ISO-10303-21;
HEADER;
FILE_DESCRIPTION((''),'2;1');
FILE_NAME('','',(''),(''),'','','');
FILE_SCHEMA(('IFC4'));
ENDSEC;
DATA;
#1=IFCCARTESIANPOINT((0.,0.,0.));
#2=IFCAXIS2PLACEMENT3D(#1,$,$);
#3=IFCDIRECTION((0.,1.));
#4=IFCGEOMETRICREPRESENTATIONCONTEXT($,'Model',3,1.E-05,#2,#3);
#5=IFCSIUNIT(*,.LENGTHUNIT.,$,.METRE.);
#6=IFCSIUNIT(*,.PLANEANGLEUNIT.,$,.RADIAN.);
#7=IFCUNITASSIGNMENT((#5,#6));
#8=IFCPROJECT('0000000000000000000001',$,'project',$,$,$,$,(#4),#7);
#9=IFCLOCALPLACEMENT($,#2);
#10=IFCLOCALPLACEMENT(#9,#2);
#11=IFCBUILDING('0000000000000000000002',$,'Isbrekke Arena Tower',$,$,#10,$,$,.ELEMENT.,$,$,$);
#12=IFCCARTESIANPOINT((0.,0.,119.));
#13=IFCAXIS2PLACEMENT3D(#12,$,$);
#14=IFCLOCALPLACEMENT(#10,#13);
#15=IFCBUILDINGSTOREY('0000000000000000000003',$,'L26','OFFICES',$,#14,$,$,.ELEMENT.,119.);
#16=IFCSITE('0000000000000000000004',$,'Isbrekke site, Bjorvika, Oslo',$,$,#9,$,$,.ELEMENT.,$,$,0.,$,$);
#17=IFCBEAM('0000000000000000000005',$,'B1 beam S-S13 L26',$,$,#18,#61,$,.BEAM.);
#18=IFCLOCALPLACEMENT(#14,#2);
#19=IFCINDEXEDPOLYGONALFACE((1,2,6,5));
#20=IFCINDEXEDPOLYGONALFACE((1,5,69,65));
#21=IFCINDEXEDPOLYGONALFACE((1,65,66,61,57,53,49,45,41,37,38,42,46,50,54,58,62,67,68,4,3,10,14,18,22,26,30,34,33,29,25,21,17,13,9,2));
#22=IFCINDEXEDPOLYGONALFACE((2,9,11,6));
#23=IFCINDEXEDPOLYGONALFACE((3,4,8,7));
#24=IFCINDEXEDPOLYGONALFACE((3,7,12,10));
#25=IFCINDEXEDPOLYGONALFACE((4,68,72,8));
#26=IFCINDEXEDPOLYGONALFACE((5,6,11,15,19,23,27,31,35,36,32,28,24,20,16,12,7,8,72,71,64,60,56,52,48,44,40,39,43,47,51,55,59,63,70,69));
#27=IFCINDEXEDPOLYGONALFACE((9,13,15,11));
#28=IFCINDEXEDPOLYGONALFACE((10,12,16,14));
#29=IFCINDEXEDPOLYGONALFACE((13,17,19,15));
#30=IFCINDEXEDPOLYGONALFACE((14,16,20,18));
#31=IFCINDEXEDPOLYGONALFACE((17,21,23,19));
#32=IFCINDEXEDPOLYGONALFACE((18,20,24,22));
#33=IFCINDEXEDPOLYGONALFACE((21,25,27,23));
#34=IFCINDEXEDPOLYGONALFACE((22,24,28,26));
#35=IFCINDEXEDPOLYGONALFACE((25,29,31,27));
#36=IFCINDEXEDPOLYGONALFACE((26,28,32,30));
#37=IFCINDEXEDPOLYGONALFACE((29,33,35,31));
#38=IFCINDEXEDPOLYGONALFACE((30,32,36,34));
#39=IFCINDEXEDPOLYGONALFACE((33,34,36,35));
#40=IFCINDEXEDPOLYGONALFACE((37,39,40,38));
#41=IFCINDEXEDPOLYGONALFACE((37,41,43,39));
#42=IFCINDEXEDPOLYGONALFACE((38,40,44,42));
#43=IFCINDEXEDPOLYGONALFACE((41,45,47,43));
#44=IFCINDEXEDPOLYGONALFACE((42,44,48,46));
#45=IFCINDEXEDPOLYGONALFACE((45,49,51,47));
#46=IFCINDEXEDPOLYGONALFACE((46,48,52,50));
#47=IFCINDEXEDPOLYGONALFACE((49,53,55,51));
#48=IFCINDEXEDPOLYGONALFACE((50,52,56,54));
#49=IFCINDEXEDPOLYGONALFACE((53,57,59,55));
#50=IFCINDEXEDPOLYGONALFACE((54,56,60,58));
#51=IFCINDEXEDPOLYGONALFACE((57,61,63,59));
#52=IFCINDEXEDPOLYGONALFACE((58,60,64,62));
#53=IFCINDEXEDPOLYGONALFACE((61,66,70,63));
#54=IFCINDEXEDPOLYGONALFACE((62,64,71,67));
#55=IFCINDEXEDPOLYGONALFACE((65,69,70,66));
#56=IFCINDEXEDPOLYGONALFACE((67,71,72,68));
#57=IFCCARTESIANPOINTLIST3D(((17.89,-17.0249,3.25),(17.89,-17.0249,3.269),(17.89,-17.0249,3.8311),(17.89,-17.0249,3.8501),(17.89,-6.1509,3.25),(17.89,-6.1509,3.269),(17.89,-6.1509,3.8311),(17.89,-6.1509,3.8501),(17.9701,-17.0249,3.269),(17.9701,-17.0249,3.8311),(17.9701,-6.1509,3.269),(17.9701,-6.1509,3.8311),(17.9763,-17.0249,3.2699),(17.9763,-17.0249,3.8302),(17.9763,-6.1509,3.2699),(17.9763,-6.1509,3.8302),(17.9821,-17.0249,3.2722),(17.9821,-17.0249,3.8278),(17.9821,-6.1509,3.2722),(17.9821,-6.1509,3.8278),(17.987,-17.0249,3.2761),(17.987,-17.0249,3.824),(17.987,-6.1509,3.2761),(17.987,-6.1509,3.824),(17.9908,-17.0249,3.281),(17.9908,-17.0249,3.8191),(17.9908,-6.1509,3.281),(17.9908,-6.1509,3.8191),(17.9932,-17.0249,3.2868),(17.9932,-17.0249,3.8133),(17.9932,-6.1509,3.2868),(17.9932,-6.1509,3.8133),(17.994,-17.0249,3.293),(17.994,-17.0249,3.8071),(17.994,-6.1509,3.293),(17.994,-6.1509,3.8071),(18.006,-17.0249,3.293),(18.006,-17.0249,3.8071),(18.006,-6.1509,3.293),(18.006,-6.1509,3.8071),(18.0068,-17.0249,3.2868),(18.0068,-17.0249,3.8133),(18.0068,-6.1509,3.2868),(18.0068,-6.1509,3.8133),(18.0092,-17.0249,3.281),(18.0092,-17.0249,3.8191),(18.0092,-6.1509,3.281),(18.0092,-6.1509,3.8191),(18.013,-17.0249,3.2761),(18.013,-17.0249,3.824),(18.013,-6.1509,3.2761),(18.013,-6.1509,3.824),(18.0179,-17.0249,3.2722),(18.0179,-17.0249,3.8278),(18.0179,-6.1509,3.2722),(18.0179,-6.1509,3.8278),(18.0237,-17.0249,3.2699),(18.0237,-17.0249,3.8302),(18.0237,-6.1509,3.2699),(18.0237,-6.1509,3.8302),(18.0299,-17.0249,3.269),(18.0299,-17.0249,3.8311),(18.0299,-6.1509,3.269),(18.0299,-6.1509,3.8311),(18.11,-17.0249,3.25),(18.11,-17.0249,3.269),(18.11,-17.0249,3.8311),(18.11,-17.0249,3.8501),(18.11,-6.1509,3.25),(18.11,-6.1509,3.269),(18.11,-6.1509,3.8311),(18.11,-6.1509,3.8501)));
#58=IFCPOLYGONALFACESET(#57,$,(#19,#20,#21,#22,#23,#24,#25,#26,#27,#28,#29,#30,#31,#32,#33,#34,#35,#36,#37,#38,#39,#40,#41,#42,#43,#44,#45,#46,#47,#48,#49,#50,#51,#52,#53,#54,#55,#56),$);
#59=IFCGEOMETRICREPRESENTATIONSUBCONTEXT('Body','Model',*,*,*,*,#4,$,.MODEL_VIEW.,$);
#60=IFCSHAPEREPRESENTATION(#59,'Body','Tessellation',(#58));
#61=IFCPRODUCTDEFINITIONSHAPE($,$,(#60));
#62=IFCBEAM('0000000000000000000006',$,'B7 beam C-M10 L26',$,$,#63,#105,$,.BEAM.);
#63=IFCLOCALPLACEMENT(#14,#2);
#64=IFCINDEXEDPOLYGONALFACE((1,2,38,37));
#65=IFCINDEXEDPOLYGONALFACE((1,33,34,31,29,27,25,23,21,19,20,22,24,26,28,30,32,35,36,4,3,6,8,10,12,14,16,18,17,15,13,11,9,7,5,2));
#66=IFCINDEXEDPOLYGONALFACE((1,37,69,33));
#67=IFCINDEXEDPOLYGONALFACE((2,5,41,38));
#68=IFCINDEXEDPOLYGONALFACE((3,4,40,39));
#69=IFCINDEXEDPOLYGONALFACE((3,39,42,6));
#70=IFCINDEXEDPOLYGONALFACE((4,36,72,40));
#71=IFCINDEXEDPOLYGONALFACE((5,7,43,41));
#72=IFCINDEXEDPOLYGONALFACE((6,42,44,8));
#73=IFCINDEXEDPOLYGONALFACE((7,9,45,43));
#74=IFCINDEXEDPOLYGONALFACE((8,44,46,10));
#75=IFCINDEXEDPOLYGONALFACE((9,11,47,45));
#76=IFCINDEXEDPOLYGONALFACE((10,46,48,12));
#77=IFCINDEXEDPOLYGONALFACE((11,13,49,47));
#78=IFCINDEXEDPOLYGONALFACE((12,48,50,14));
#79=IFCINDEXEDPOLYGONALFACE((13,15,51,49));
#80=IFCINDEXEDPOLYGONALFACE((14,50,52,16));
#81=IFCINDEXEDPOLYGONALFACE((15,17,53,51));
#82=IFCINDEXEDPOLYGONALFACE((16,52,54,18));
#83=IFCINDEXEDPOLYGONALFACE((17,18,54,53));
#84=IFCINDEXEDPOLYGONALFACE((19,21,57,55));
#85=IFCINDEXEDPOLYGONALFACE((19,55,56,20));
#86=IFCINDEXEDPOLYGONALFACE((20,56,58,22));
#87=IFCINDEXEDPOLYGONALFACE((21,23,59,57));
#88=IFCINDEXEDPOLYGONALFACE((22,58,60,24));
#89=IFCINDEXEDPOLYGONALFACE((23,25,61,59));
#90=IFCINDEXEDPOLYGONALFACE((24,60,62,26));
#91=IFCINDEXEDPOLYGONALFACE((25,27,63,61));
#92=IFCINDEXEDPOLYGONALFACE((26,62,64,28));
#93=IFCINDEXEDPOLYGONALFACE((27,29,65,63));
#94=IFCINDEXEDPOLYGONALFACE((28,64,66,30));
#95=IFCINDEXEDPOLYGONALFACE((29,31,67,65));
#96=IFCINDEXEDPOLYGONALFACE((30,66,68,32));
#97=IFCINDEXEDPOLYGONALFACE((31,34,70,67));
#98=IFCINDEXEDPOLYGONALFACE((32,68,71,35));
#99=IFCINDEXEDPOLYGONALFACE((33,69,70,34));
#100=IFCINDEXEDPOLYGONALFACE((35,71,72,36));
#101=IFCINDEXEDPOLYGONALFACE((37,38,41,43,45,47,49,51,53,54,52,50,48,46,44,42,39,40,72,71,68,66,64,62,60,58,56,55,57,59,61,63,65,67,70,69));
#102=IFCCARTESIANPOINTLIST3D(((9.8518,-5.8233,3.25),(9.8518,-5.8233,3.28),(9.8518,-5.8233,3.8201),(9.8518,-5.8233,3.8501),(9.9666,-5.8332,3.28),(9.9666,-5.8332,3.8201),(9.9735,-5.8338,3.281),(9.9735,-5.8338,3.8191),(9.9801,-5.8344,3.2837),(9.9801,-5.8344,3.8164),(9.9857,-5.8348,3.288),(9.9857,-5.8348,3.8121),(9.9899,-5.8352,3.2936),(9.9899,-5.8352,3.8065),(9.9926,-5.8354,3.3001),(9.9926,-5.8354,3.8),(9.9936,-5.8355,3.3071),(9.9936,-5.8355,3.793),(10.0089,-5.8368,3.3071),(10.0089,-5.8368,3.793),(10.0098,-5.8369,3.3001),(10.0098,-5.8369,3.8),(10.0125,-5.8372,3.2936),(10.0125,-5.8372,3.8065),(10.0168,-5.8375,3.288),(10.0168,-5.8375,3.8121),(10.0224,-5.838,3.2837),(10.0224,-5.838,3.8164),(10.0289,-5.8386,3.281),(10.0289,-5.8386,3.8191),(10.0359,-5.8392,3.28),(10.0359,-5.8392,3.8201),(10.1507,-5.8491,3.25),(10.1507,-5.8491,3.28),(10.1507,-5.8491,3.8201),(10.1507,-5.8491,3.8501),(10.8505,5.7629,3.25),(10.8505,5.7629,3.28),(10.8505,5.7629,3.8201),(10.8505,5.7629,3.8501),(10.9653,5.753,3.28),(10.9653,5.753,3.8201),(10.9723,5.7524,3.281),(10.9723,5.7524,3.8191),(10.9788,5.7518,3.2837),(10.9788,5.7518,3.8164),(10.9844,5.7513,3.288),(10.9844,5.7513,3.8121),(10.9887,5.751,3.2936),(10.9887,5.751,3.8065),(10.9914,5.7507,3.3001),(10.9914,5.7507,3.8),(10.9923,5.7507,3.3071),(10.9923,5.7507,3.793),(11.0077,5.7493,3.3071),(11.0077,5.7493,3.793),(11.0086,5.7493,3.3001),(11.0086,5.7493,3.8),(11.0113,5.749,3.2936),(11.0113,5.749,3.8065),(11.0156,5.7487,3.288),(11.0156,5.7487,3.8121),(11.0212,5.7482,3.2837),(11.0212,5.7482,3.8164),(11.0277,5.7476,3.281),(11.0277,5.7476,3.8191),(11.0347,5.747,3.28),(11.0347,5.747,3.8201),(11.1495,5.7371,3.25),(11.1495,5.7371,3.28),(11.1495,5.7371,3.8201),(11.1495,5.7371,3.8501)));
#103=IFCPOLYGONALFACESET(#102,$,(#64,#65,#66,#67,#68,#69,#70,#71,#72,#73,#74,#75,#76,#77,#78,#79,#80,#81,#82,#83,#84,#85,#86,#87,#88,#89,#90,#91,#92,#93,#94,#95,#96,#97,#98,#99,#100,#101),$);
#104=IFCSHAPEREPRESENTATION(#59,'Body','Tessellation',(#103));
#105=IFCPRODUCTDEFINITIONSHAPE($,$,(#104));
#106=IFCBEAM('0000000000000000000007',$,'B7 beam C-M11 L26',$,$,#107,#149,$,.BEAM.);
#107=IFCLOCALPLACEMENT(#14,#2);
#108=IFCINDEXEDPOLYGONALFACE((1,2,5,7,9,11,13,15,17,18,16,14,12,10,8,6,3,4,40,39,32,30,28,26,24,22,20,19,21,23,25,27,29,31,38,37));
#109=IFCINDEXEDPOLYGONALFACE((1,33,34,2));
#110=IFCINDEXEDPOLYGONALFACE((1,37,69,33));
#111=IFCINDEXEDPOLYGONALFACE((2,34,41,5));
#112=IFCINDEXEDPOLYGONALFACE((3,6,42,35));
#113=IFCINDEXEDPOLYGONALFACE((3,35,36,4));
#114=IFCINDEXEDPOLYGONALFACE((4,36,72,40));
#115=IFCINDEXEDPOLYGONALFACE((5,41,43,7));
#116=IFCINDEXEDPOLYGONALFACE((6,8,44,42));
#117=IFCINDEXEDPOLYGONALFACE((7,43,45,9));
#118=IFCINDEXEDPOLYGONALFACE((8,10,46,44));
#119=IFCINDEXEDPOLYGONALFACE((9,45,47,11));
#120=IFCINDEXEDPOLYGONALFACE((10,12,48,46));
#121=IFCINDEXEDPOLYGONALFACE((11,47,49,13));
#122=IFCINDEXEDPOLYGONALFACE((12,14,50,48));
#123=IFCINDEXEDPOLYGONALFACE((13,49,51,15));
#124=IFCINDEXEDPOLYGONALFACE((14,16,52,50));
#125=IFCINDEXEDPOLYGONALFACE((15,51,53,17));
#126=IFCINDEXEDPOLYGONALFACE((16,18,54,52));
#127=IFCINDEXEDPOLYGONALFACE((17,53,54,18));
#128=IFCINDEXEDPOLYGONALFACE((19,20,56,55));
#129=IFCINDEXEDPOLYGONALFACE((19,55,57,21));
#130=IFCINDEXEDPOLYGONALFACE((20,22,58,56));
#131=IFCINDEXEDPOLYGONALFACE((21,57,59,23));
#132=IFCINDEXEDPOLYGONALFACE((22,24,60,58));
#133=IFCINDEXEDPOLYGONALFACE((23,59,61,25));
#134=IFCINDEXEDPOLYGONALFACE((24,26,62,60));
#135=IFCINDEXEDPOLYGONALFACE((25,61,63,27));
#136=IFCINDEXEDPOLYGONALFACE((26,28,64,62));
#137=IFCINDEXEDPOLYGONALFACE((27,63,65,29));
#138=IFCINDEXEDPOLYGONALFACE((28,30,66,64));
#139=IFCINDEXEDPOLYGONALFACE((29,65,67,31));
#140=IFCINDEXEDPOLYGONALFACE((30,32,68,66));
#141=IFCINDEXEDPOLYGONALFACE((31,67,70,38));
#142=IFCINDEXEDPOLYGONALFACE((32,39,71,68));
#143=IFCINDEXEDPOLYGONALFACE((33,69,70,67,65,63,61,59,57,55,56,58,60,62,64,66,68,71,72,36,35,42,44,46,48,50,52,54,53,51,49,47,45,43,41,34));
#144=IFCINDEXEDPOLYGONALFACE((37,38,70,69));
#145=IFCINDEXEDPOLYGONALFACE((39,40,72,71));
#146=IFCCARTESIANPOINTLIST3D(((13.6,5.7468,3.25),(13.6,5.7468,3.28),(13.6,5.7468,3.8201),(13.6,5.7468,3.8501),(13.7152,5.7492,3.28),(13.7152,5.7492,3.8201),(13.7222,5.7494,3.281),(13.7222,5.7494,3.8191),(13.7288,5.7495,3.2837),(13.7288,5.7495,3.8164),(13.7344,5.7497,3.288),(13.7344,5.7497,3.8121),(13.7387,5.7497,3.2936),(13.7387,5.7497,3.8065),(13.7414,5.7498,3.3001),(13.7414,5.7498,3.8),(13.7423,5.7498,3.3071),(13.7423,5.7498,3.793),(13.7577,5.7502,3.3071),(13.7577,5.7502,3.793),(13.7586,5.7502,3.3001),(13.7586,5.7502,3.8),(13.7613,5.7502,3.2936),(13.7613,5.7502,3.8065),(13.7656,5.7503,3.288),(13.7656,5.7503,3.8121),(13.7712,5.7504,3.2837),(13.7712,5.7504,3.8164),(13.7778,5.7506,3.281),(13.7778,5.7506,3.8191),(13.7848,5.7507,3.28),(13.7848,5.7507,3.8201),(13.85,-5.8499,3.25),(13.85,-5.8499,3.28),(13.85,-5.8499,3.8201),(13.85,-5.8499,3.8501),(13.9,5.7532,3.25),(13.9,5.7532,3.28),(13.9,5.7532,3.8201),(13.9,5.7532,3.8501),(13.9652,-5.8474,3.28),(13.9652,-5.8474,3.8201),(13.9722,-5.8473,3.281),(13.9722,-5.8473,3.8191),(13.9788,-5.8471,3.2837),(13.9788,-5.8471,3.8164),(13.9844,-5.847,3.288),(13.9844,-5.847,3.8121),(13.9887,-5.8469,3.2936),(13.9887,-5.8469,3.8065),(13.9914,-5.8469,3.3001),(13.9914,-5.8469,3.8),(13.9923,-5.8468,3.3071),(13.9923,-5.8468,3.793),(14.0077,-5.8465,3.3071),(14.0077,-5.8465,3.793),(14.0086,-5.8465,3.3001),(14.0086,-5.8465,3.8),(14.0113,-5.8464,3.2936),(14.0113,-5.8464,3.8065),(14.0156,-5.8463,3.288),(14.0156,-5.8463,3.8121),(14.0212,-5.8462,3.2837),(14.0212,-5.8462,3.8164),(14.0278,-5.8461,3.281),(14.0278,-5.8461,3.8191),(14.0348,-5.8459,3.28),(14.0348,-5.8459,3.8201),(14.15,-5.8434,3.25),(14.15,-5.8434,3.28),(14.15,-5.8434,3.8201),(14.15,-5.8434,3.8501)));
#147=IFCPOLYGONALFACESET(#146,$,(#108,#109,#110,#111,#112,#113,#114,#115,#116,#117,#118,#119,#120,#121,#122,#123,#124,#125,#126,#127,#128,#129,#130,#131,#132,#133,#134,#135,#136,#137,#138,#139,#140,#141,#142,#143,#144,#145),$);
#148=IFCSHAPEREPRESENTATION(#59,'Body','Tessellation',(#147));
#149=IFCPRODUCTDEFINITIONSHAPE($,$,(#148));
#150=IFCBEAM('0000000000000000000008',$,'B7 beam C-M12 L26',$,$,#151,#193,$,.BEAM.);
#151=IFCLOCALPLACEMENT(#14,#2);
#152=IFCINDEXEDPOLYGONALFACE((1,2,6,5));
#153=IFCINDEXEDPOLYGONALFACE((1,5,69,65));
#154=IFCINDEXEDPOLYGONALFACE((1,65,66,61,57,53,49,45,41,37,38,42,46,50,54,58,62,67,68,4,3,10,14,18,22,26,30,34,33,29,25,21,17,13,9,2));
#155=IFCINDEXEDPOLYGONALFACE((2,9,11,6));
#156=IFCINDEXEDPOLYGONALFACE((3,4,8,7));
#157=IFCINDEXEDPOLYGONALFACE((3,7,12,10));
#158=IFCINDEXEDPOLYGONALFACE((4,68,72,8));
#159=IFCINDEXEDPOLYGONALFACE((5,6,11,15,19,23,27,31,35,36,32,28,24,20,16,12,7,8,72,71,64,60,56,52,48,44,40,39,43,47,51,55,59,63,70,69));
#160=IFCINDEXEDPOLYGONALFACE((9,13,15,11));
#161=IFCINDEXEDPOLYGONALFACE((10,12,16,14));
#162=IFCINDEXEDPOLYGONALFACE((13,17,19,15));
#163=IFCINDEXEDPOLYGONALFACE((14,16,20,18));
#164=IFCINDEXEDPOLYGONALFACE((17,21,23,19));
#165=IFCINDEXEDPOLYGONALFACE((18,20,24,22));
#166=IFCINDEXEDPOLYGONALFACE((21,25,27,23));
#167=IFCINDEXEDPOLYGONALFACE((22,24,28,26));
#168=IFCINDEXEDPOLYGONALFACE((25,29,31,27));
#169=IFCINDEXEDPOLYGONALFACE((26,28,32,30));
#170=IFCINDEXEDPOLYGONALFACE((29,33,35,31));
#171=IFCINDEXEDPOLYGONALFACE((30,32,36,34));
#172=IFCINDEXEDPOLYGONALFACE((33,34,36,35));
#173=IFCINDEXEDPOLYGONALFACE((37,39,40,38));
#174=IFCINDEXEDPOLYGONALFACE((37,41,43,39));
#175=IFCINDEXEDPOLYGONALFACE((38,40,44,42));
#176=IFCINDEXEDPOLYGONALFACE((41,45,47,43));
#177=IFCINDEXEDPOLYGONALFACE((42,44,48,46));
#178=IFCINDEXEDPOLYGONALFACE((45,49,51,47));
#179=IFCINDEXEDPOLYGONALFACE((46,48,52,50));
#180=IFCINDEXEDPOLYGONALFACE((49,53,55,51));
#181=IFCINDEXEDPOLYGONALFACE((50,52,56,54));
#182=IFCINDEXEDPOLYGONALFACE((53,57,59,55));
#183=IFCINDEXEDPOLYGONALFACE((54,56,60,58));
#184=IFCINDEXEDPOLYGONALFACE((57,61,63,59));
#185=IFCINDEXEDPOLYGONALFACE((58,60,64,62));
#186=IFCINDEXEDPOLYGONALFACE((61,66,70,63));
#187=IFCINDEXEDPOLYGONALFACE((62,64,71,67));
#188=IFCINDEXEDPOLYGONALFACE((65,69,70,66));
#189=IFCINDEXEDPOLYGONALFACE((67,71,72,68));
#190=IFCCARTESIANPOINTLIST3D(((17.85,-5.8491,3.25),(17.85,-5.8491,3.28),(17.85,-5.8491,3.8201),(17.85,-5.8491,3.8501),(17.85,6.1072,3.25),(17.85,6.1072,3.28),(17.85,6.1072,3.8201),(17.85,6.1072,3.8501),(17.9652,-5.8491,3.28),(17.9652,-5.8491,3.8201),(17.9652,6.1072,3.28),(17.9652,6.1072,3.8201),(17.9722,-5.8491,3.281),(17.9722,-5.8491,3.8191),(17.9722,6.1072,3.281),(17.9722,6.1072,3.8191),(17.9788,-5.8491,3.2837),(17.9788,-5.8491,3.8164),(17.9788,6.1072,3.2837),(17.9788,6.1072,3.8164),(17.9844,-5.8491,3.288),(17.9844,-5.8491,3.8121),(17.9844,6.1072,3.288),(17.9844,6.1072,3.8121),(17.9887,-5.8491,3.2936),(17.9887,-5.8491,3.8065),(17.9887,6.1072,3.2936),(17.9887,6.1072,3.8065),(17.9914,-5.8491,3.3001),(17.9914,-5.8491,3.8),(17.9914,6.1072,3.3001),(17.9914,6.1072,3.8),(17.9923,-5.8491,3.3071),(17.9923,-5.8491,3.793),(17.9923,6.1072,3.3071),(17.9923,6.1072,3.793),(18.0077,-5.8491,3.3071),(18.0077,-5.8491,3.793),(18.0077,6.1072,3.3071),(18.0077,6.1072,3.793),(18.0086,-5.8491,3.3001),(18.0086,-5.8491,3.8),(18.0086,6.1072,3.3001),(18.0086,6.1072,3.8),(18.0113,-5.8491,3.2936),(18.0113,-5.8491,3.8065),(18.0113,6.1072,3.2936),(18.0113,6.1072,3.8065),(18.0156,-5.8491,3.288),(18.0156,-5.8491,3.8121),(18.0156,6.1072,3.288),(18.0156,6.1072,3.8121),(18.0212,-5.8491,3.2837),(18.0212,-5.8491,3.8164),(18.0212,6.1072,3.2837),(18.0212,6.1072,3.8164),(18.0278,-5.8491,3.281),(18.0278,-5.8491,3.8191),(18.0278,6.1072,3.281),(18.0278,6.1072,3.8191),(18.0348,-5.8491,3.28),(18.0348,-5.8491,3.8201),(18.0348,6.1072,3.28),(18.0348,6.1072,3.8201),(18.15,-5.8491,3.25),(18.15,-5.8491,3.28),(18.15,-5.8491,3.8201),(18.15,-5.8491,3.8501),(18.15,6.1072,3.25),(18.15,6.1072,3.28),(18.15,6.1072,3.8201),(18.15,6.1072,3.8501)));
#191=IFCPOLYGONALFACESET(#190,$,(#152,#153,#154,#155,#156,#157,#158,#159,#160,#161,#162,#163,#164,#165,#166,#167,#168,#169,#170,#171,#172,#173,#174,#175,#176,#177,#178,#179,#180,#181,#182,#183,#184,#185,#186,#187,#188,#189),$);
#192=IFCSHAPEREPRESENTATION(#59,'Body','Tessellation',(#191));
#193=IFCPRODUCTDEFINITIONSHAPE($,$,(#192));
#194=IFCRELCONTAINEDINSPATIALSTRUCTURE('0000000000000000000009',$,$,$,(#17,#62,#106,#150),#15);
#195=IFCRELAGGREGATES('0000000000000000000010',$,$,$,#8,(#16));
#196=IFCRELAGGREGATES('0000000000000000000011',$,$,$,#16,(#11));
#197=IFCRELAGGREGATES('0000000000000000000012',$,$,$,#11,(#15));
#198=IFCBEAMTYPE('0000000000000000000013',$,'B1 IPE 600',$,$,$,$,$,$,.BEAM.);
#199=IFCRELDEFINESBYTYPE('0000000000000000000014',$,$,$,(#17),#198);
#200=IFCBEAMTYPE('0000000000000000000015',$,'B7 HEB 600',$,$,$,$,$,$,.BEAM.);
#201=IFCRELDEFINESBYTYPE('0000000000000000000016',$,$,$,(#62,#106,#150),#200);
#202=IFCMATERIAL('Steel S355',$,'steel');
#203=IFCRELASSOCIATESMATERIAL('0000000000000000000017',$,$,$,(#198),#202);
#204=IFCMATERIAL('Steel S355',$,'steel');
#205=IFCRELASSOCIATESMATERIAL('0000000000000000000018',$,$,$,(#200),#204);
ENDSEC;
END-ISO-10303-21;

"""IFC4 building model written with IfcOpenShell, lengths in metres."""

from ifc_helpers import new_model, si_unit, direction, frame, origin, origin_2d, place, context, subcontext, project, spatial, i_section, extrude, material, material_profile, profile_set, type_object, element, save


model = new_model("IFC4")

# Units and contexts
model_context = context("Model", 3, precision=1e-05, world=origin(), true_north=direction((0.0, 1.0)))
body_context = subcontext(model_context, "Body", "Model", "MODEL_VIEW")
ifc_project = project(units=[si_unit("LENGTHUNIT", "METRE"), si_unit("PLANEANGLEUNIT", "RADIAN")], contexts=[model_context])

# Site, building, storey
site_placement = place(None, origin())
site = spatial("IfcSite", under=ifc_project, at=site_placement, Name="Isbrekke site, Bjorvika, Oslo", CompositionType="ELEMENT", RefElevation=0.0)
building_placement = place(site_placement, origin())
building = spatial("IfcBuilding", under=site, at=building_placement, Name="Isbrekke Arena Tower", CompositionType="ELEMENT")
storey_placement = place(building_placement, frame((0.0, 0.0, 119.0)))
storey = spatial("IfcBuildingStorey", under=building, at=storey_placement, Name="L26", Description="OFFICES", CompositionType="ELEMENT", Elevation=119.0)

# Beams
ifc_material_1 = material(Name="Steel S355", Category="steel")
ifc_material_profile_1 = material_profile(ifc_material_1, i_section(OverallWidth=0.22, OverallDepth=0.6001, WebThickness=0.012, FlangeThickness=0.019, FilletRadius=0.0239, at=origin_2d()), Name="IPE 600")
ifc_profile_set_1 = profile_set([ifc_material_profile_1], Name="Steel S355")
beam_type_1 = type_object("IfcBeamType", Name="B1 IPE 600", PredefinedType="BEAM", material=ifc_profile_set_1)
beam_1_placement = place(storey_placement, frame((18.0, -17.0249, 3.55), z_axis=(0.0, 1.0, 0.0), x_axis=(-1.0, 0.0, 0.0)))
element("IfcBeam", 1, at=beam_1_placement, inside=storey, type_object=beam_type_1, Name="B1 beam S-S13 L26", PredefinedType="BEAM", context=body_context, shape_type="SweptSolid", body=[
    extrude(i_section(OverallWidth=0.22, OverallDepth=0.6001, WebThickness=0.012, FlangeThickness=0.019, FilletRadius=0.0239, at=origin_2d()), origin(), (0.0, 0.0, 1.0), 10.874),
])
ifc_material_2 = material(Name="Steel S355", Category="steel")
ifc_material_profile_2 = material_profile(ifc_material_2, i_section(OverallWidth=0.3, OverallDepth=0.6001, WebThickness=0.0154, FlangeThickness=0.03, FilletRadius=0.0271, at=origin_2d()), Name="HEB 600")
ifc_profile_set_2 = profile_set([ifc_material_profile_2], Name="Steel S355")
beam_type_2 = type_object("IfcBeamType", Name="B7 HEB 600", PredefinedType="BEAM", material=ifc_profile_set_2)
beam_2_placement = place(storey_placement, frame((10.0012, -5.8362, 3.55), z_axis=(0.085886, 0.996305, 0.0), x_axis=(-0.996305, 0.085886, 0.0)))
element("IfcBeam", 2, at=beam_2_placement, inside=storey, type_object=beam_type_2, Name="B7 beam C-M10 L26", PredefinedType="BEAM", context=body_context, shape_type="SweptSolid", body=[
    extrude(i_section(OverallWidth=0.3, OverallDepth=0.6001, WebThickness=0.0154, FlangeThickness=0.03, FilletRadius=0.0271, at=origin_2d()), origin(), (0.0, 0.0, 1.0), 11.6292),
])
beam_3_placement = place(storey_placement, frame((14.0, -5.8467, 3.55), z_axis=(-0.021553, 0.999768, 0.0), x_axis=(-0.999768, -0.021553, 0.0)))
element("IfcBeam", 3, at=beam_3_placement, inside=storey, type_object=beam_type_2, Name="B7 beam C-M11 L26", PredefinedType="BEAM", context=body_context, shape_type="SweptSolid", body=[
    extrude(i_section(OverallWidth=0.3, OverallDepth=0.6001, WebThickness=0.0154, FlangeThickness=0.03, FilletRadius=0.0271, at=origin_2d()), origin(), (0.0, 0.0, 1.0), 11.5994),
])
beam_4_placement = place(storey_placement, frame((18.0, -5.8491, 3.55), z_axis=(0.0, 1.0, 0.0), x_axis=(-1.0, 0.0, 0.0)))
element("IfcBeam", 4, at=beam_4_placement, inside=storey, type_object=beam_type_2, Name="B7 beam C-M12 L26", PredefinedType="BEAM", context=body_context, shape_type="SweptSolid", body=[
    extrude(i_section(OverallWidth=0.3, OverallDepth=0.6001, WebThickness=0.0154, FlangeThickness=0.03, FilletRadius=0.0271, at=origin_2d()), origin(), (0.0, 0.0, 1.0), 11.9563),
])

save(model, "model.ifc")
